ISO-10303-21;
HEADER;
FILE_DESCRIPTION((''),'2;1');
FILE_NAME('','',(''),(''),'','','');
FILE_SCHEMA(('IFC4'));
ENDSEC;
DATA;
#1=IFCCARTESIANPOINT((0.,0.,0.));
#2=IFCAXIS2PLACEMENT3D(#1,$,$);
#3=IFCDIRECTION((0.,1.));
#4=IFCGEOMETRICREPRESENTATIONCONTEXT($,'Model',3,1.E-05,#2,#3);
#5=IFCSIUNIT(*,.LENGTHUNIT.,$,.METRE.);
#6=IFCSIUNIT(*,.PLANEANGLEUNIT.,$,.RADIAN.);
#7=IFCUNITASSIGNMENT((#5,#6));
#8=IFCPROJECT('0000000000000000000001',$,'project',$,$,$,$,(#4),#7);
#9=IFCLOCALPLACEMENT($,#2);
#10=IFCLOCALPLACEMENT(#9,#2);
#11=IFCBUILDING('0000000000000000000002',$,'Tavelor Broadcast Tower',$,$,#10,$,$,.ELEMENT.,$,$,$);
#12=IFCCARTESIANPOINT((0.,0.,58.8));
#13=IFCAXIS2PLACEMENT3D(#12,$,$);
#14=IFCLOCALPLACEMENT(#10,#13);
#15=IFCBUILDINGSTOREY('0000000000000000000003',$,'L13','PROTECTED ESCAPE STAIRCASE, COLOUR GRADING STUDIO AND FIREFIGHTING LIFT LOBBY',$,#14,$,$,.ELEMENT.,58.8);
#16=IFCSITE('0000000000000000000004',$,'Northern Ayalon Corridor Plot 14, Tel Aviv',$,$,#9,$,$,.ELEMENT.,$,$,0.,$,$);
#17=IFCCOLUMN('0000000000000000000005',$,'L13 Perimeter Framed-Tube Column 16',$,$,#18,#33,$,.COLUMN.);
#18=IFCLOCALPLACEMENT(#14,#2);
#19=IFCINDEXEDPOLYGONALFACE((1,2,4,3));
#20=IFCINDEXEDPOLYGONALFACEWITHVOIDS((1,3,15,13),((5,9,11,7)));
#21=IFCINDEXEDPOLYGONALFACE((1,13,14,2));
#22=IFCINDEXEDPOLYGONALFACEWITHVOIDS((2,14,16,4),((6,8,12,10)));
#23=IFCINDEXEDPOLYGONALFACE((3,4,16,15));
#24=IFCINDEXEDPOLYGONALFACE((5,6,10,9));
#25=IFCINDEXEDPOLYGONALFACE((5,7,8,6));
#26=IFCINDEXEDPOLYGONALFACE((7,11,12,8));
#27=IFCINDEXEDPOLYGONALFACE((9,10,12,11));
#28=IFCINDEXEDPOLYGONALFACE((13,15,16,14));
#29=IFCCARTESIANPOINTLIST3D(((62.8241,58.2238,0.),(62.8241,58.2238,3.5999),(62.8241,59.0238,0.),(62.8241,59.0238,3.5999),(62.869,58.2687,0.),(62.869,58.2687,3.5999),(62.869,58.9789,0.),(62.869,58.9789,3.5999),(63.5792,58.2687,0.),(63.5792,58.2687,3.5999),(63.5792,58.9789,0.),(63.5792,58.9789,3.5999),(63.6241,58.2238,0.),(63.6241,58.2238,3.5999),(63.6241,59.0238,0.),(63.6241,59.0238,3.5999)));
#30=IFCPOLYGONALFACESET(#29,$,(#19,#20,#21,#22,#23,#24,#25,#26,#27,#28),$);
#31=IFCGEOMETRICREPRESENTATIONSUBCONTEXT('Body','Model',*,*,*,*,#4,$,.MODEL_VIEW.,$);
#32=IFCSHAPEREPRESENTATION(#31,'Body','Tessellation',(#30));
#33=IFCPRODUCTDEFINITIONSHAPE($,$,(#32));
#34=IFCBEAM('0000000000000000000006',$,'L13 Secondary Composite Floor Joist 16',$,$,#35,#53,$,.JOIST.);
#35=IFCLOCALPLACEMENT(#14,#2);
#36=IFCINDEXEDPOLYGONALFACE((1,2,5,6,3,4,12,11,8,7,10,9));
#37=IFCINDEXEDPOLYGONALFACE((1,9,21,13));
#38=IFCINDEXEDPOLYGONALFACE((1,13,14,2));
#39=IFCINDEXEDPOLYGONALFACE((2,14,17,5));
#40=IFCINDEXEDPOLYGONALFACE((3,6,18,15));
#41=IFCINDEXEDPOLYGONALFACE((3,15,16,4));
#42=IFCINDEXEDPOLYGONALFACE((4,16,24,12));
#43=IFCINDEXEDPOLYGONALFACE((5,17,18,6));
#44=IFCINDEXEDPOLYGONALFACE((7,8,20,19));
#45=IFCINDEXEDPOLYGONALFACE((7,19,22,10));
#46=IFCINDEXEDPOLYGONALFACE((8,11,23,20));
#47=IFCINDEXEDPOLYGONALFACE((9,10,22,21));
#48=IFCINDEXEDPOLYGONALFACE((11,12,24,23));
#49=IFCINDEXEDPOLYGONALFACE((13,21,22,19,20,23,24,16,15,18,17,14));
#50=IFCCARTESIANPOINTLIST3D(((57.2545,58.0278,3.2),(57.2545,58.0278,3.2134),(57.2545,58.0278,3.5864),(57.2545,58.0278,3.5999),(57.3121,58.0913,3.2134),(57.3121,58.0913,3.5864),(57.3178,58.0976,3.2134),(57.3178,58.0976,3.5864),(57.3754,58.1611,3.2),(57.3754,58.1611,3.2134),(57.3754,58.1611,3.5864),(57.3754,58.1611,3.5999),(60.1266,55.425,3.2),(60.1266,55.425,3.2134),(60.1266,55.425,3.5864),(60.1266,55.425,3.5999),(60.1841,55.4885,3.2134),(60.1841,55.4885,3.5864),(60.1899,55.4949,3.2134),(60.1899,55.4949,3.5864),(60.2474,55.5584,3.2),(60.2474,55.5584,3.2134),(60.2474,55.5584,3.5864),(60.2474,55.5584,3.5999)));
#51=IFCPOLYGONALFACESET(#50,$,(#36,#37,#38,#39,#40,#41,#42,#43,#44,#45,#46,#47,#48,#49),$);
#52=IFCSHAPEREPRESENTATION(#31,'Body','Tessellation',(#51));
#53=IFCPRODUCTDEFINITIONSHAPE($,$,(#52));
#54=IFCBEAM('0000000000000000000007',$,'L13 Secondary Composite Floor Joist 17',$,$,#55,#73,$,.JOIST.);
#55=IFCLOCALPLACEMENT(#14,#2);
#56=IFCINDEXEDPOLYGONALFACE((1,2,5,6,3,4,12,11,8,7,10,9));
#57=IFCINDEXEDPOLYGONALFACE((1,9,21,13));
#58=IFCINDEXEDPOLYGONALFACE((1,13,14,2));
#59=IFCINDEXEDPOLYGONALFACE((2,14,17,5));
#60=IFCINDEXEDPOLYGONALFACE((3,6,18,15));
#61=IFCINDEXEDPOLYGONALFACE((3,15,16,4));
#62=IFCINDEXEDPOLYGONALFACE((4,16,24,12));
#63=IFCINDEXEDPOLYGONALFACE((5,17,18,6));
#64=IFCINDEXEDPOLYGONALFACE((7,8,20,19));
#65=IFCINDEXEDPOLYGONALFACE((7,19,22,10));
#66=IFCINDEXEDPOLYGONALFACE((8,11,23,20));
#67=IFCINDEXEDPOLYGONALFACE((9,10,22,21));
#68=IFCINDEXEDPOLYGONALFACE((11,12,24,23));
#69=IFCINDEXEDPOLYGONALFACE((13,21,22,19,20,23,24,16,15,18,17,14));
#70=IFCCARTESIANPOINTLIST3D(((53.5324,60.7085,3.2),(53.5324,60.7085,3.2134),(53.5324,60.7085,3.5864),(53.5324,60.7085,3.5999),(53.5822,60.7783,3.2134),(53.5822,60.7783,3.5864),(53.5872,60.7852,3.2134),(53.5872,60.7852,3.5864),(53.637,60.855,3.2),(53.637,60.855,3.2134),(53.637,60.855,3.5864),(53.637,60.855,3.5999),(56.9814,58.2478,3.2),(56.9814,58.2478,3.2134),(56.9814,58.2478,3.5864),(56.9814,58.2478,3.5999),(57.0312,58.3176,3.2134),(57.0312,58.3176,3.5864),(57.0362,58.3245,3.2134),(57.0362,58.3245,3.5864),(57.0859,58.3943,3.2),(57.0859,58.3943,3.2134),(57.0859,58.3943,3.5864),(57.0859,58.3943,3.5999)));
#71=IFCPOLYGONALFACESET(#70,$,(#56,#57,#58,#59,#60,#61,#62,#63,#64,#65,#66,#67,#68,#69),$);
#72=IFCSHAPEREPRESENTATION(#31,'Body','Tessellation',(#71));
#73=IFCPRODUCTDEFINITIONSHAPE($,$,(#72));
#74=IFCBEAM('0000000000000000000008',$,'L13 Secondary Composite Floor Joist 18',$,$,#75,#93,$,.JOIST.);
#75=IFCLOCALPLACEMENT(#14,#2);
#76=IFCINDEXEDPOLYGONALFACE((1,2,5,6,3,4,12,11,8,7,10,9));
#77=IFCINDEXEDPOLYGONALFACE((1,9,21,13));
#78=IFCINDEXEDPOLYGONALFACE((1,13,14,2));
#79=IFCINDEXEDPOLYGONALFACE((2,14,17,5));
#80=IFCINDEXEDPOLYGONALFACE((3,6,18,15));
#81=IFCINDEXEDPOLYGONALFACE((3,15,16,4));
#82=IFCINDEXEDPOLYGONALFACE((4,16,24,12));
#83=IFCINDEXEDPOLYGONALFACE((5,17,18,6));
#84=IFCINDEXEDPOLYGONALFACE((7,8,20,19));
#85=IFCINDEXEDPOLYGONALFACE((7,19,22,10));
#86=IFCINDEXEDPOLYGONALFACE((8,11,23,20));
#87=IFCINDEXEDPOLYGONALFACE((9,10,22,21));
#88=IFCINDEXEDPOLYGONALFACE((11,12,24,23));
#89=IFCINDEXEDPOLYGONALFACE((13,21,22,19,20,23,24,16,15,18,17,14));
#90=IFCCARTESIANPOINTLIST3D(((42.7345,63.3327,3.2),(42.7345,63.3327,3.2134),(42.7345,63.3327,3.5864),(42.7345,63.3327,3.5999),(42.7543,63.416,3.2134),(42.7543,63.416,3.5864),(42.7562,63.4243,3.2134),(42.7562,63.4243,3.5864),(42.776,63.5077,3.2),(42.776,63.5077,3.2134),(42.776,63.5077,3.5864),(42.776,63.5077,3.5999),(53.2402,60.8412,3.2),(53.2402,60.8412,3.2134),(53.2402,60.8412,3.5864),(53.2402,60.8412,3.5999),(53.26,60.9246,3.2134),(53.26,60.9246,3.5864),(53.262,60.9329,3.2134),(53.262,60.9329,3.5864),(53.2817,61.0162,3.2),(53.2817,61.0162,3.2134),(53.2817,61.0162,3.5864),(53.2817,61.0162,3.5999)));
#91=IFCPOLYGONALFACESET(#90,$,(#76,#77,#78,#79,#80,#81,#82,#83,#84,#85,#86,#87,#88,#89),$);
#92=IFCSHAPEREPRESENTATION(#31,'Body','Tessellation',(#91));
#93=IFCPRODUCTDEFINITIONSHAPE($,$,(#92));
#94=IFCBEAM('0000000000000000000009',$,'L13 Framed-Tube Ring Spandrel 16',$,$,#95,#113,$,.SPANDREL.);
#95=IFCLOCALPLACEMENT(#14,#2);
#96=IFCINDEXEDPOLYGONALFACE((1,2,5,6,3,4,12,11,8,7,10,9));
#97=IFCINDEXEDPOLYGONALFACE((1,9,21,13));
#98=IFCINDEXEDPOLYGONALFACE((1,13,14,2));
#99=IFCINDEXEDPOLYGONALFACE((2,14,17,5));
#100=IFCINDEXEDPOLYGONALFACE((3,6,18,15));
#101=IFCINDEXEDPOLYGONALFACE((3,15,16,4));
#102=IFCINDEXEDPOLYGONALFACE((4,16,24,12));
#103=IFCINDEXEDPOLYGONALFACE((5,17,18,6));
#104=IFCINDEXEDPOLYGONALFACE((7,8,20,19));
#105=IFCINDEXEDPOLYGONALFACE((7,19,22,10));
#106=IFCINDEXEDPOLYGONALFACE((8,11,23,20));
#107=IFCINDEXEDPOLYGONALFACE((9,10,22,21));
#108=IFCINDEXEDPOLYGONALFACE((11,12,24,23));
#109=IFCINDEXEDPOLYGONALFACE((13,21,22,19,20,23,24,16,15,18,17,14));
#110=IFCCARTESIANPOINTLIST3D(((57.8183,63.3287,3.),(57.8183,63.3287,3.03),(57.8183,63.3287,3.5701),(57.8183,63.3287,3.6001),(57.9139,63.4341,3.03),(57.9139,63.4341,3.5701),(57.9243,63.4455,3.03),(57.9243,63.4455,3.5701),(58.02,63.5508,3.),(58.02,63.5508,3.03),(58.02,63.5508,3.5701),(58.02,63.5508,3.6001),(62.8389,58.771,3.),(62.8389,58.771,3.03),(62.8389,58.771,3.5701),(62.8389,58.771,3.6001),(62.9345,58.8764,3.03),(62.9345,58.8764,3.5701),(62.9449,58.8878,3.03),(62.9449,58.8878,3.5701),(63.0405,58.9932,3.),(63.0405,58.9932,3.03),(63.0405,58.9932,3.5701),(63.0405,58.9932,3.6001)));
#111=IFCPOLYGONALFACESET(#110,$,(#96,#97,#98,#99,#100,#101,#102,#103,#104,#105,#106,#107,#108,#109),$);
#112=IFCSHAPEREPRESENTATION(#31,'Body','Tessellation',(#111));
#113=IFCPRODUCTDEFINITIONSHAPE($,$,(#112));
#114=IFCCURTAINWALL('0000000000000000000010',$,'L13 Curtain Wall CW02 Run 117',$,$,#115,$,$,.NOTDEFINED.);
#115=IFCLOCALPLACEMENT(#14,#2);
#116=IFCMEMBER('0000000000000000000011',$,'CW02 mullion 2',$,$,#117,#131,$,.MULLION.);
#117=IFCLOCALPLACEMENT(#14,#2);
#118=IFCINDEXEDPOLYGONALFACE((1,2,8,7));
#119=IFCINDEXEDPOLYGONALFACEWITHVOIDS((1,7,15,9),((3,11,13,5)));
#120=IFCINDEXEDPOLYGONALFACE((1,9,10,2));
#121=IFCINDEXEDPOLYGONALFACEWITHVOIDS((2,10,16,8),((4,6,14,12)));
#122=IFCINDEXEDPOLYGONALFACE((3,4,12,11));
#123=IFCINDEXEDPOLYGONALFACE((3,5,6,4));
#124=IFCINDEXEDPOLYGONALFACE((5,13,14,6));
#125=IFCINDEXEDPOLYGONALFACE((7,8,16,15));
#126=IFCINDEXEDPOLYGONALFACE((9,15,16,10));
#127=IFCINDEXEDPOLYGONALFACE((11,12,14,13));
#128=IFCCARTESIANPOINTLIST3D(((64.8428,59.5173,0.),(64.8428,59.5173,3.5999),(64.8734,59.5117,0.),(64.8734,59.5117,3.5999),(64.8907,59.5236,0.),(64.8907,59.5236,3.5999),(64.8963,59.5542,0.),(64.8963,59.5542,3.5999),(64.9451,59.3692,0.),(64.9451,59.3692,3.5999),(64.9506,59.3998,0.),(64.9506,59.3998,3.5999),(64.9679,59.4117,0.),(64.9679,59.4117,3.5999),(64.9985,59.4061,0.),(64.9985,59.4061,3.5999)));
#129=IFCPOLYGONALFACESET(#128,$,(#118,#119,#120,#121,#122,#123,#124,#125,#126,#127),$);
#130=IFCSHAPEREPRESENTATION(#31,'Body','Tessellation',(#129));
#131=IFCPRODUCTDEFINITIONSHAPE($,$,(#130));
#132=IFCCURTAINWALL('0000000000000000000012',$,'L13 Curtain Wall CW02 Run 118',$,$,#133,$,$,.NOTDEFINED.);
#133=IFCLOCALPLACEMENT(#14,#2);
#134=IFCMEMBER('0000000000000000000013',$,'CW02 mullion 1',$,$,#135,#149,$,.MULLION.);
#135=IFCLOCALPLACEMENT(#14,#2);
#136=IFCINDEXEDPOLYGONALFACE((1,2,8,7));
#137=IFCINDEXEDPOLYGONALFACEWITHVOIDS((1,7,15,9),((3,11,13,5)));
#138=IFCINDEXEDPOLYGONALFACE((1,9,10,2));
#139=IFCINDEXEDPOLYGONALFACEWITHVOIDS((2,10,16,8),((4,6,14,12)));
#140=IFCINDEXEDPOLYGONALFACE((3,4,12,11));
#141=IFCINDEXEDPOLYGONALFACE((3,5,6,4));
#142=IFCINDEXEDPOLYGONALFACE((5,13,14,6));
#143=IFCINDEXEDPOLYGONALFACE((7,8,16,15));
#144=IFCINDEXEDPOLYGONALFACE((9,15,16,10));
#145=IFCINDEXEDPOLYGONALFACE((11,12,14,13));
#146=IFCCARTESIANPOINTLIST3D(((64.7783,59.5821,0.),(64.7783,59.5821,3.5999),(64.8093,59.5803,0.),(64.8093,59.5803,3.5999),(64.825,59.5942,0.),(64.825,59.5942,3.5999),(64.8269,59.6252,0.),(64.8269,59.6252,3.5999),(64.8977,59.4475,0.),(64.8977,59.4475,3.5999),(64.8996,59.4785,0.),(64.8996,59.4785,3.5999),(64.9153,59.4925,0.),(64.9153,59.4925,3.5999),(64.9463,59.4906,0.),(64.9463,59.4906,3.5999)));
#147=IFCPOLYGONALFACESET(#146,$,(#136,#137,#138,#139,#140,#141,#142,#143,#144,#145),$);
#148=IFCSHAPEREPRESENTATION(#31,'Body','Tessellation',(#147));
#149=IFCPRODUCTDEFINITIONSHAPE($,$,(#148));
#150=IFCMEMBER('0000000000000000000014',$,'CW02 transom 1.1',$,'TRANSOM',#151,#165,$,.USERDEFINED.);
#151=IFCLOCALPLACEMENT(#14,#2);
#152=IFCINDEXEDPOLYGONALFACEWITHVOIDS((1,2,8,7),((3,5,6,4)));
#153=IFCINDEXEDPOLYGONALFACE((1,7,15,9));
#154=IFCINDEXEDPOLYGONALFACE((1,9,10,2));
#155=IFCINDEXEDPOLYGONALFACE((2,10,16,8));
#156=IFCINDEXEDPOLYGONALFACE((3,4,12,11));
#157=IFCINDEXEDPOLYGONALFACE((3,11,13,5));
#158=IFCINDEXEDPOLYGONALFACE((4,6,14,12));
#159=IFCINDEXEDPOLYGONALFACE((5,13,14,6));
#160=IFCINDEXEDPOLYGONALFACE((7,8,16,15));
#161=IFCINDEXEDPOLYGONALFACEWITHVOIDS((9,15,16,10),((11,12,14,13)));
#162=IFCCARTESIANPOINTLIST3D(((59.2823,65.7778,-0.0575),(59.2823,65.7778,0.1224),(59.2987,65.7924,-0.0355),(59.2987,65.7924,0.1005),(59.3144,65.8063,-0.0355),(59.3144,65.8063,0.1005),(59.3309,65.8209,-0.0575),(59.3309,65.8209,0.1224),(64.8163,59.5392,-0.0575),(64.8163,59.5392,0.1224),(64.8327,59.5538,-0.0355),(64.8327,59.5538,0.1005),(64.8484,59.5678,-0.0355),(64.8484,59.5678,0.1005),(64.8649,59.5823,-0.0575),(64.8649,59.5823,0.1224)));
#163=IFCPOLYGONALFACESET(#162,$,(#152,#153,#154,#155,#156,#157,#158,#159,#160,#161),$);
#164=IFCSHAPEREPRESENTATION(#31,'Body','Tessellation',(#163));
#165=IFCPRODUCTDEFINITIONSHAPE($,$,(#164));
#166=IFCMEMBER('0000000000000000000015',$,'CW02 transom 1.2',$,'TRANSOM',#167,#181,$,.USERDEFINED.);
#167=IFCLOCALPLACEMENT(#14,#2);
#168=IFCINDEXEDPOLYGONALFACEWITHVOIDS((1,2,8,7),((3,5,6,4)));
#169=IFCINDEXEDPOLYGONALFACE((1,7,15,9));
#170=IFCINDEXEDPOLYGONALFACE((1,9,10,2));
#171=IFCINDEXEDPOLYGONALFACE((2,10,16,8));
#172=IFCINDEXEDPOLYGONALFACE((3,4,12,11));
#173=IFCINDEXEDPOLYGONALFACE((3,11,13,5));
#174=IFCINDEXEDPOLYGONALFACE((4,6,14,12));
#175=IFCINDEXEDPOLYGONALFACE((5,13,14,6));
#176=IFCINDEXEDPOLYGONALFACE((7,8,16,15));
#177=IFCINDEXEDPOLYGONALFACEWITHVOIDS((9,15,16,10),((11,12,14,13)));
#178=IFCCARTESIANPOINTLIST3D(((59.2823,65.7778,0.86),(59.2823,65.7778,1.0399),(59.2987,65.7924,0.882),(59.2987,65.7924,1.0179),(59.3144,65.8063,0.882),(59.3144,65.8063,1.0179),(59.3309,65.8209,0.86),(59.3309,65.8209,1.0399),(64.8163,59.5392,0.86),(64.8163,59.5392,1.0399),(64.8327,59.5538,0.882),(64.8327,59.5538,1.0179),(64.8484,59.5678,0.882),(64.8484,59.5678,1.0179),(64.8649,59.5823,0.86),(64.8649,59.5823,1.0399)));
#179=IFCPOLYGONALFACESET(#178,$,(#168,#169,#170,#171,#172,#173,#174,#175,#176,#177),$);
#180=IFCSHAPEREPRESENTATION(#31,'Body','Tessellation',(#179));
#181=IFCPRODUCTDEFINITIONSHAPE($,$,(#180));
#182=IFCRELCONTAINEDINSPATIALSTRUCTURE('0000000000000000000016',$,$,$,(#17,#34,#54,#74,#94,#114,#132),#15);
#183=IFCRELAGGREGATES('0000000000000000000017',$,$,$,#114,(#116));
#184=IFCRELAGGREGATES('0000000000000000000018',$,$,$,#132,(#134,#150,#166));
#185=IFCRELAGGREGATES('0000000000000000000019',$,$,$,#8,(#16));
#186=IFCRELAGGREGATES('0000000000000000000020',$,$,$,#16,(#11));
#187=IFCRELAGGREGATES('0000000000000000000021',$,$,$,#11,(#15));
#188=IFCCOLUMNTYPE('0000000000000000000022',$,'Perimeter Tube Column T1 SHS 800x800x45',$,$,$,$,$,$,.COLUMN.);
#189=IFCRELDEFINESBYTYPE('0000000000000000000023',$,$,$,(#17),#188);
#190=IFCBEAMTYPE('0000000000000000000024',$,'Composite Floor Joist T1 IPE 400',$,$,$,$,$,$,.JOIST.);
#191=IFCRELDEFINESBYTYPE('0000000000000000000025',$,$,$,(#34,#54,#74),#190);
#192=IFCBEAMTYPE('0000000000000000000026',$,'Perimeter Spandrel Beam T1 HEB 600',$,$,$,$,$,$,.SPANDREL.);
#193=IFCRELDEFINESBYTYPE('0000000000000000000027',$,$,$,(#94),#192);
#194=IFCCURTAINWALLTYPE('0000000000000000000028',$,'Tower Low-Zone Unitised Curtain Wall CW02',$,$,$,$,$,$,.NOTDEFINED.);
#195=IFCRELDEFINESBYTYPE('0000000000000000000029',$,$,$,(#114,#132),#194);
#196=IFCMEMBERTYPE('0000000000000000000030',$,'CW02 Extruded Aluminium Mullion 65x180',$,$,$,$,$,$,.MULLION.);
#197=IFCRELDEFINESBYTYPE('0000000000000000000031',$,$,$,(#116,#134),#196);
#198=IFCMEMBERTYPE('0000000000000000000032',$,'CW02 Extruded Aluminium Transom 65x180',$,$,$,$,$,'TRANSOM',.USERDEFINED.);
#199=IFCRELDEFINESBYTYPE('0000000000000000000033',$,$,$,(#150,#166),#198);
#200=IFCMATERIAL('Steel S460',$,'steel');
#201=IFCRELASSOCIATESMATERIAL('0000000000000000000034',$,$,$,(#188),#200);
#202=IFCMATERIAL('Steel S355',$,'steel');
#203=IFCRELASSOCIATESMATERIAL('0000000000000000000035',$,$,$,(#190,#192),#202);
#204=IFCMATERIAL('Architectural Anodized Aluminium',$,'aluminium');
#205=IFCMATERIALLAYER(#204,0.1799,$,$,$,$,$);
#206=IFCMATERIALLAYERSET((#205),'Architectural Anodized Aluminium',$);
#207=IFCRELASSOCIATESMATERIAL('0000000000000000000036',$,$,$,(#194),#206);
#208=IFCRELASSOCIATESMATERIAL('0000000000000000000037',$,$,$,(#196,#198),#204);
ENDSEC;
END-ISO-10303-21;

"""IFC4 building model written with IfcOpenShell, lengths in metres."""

from ifc_helpers import new_model, si_unit, direction, frame, origin, origin_2d, place, context, subcontext, project, spatial, hollow_rectangle, i_section, extrude, source, transform, mapped, material, layer, layer_set, material_profile, profile_set, type_object, type_shapes, element, aggregate, save


model = new_model("IFC4")

# Units and contexts
model_context = context("Model", 3, precision=1e-05, world=origin(), true_north=direction((0.0, 1.0)))
body_context = subcontext(model_context, "Body", "Model", "MODEL_VIEW")
ifc_project = project(units=[si_unit("LENGTHUNIT", "METRE"), si_unit("PLANEANGLEUNIT", "RADIAN")], contexts=[model_context])

# Site, building, storey
site_placement = place(None, origin())
site = spatial("IfcSite", under=ifc_project, at=site_placement, Name="Northern Ayalon Corridor Plot 14, Tel Aviv", CompositionType="ELEMENT", RefElevation=0.0)
building_placement = place(site_placement, origin())
building = spatial("IfcBuilding", under=site, at=building_placement, Name="Tavelor Broadcast Tower", CompositionType="ELEMENT")
storey_placement = place(building_placement, frame((0.0, 0.0, 58.8)))
storey = spatial("IfcBuildingStorey", under=building, at=storey_placement, Name="L13", Description="PROTECTED ESCAPE STAIRCASE, COLOUR GRADING STUDIO AND FIREFIGHTING LIFT LOBBY", CompositionType="ELEMENT", Elevation=58.8)

# Column
ifc_material_1 = material(Name="Steel S460", Category="steel")
ifc_material_profile_1 = material_profile(ifc_material_1, hollow_rectangle(XDim=0.8, YDim=0.8, WallThickness=0.0449, at=origin_2d()), Name="SHS 800x800x45")
ifc_profile_set_1 = profile_set([ifc_material_profile_1], Name="Steel S460")
column_type = type_object("IfcColumnType", Name="Perimeter Tube Column T1 SHS 800x800x45", PredefinedType="COLUMN", material=ifc_profile_set_1)
column_placement = place(storey_placement, frame((63.2241, 58.6238, 0.0), z_axis=(0.0, 0.0, 1.0), x_axis=(1.0, 0.0, 0.0)))
element("IfcColumn", 1, at=column_placement, inside=storey, type_object=column_type, Name="L13 Perimeter Framed-Tube Column 16", PredefinedType="COLUMN", context=body_context, shape_type="SweptSolid", body=[
    extrude(hollow_rectangle(XDim=0.8, YDim=0.8, WallThickness=0.0449, at=origin_2d()), origin(), (0.0, 0.0, 1.0), 3.5999),
])

# Beams
ifc_material_2 = material(Name="Steel S355", Category="steel")
ifc_material_profile_2 = material_profile(ifc_material_2, i_section(OverallWidth=0.1799, OverallDepth=0.3999, WebThickness=0.0085, FlangeThickness=0.0134, at=origin_2d()), Name="IPE 400")
ifc_profile_set_2 = profile_set([ifc_material_profile_2], Name="Steel S355")
beam_type_1 = type_object("IfcBeamType", Name="Composite Floor Joist T1 IPE 400", PredefinedType="JOIST", material=ifc_profile_set_2)
beam_1_placement = place(storey_placement, frame((60.187, 55.4917, 3.3999), z_axis=(-0.740991, 0.671515, 0.0), x_axis=(-0.671515, -0.740991, 0.0)))
element("IfcBeam", 2, at=beam_1_placement, inside=storey, type_object=beam_type_1, Name="L13 Secondary Composite Floor Joist 16", PredefinedType="JOIST", context=body_context, shape_type="SweptSolid", body=[
    extrude(i_section(OverallWidth=0.1799, OverallDepth=0.3999, WebThickness=0.0085, FlangeThickness=0.0134, at=origin_2d()), origin(), (0.0, 0.0, 1.0), 3.876),
])
beam_2_placement = place(storey_placement, frame((57.0337, 58.321, 3.3999), z_axis=(-0.814053, 0.580791, 0.0), x_axis=(-0.580791, -0.814053, 0.0)))
element("IfcBeam", 3, at=beam_2_placement, inside=storey, type_object=beam_type_1, Name="L13 Secondary Composite Floor Joist 17", PredefinedType="JOIST", context=body_context, shape_type="SweptSolid", body=[
    extrude(i_section(OverallWidth=0.1799, OverallDepth=0.3999, WebThickness=0.0085, FlangeThickness=0.0134, at=origin_2d()), origin(), (0.0, 0.0, 1.0), 4.2368),
])
beam_3_placement = place(storey_placement, frame((53.261, 60.9287, 3.3999), z_axis=(-0.973012, 0.230754, 0.0), x_axis=(-0.230754, -0.973012, 0.0)))
element("IfcBeam", 4, at=beam_3_placement, inside=storey, type_object=beam_type_1, Name="L13 Secondary Composite Floor Joist 18", PredefinedType="JOIST", context=body_context, shape_type="SweptSolid", body=[
    extrude(i_section(OverallWidth=0.1799, OverallDepth=0.3999, WebThickness=0.0085, FlangeThickness=0.0134, at=origin_2d()), origin(), (0.0, 0.0, 1.0), 10.7971),
])
ifc_material_profile_3 = material_profile(ifc_material_2, i_section(OverallWidth=0.3, OverallDepth=0.6001, WebThickness=0.0154, FlangeThickness=0.03, at=origin_2d()), Name="HEB 600")
ifc_profile_set_3 = profile_set([ifc_material_profile_3], Name="Steel S355")
beam_type_2 = type_object("IfcBeamType", Name="Perimeter Spandrel Beam T1 HEB 600", PredefinedType="SPANDREL", material=ifc_profile_set_3)
beam_4_placement = place(storey_placement, frame((62.9397, 58.8821, 3.3), z_axis=(-0.740416, 0.672149, 0.0), x_axis=(-0.672149, -0.740416, 0.0)))
element("IfcBeam", 5, at=beam_4_placement, inside=storey, type_object=beam_type_2, Name="L13 Framed-Tube Ring Spandrel 16", PredefinedType="SPANDREL", context=body_context, shape_type="SweptSolid", body=[
    extrude(i_section(OverallWidth=0.3, OverallDepth=0.6001, WebThickness=0.0154, FlangeThickness=0.03, at=origin_2d()), origin(), (0.0, 0.0, 1.0), 6.7808),
])

# Curtain wall, member
ifc_material_3 = material(Name="Architectural Anodized Aluminium", Category="aluminium")
ifc_layer_1 = layer(ifc_material_3, 0.1799)
ifc_layer_set_1 = layer_set([ifc_layer_1], Name="Architectural Anodized Aluminium")
curtain_wall_type = type_object("IfcCurtainWallType", Name="Tower Low-Zone Unitised Curtain Wall CW02", PredefinedType="NOTDEFINED", material=ifc_layer_set_1)
curtain_wall_1_placement = place(storey_placement, origin())
curtain_wall_1 = element("IfcCurtainWall", 6, at=curtain_wall_1_placement, inside=storey, type_object=curtain_wall_type, Name="L13 Curtain Wall CW02 Run 117", PredefinedType="NOTDEFINED")
ifc_material_profile_4 = material_profile(ifc_material_3, hollow_rectangle(XDim=0.0649, YDim=0.1799, WallThickness=0.022, at=origin_2d()), Name="RHS 65x180x22")
ifc_profile_set_4 = profile_set([ifc_material_profile_4], Name="Architectural Anodized Aluminium")
member_type_1 = type_object("IfcMemberType", Name="CW02 Extruded Aluminium Mullion 65x180", PredefinedType="MULLION", material=ifc_profile_set_4)
shared_shape_1 = source(origin(), body_context, "Body", "SweptSolid", [
    extrude(hollow_rectangle(XDim=0.0649, YDim=0.1799, WallThickness=0.022, at=origin_2d()), origin(), (0.0, 0.0, 1.0), 3.5999),
])
type_shapes(member_type_1, [shared_shape_1])
member_1_placement = place(storey_placement, frame((64.9207, 59.4617, 0.0), z_axis=(0.0, 0.0, 1.0), x_axis=(-0.82289, -0.568201, 0.0)))
member_1 = element("IfcMember", 7, at=member_1_placement, type_object=member_type_1, Name="CW02 mullion 2", PredefinedType="MULLION", context=body_context, shape_type="MappedRepresentation", body=[
    mapped(shared_shape_1, transform((0.0, 0.0, 0.0), scale=1.0)),
])

# Curtain wall, members
curtain_wall_2_placement = place(storey_placement, origin())
curtain_wall_2 = element("IfcCurtainWall", 8, at=curtain_wall_2_placement, inside=storey, type_object=curtain_wall_type, Name="L13 Curtain Wall CW02 Run 118", PredefinedType="NOTDEFINED")
member_2_placement = place(storey_placement, frame((64.8623, 59.5364, 0.0), z_axis=(0.0, 0.0, 1.0), x_axis=(-0.748084, -0.663604, 0.0)))
member_2 = element("IfcMember", 9, at=member_2_placement, type_object=member_type_1, Name="CW02 mullion 1", PredefinedType="MULLION", context=body_context, shape_type="MappedRepresentation", body=[
    mapped(shared_shape_1, transform((0.0, 0.0, 0.0), scale=1.0)),
])
ifc_material_profile_5 = material_profile(ifc_material_3, hollow_rectangle(XDim=0.0649, YDim=0.1799, WallThickness=0.022, at=origin_2d()), Name="RHS 65x180x22")
ifc_profile_set_5 = profile_set([ifc_material_profile_5], Name="Architectural Anodized Aluminium")
member_type_2 = type_object("IfcMemberType", Name="CW02 Extruded Aluminium Transom 65x180", ElementType="TRANSOM", PredefinedType="USERDEFINED", material=ifc_profile_set_5)
shared_shape_2 = source(origin(), body_context, "Body", "SweptSolid", [
    extrude(hollow_rectangle(XDim=0.0649, YDim=0.1799, WallThickness=0.022, at=origin_2d()), origin(), (0.0, 0.0, 1.0), 8.3394),
])
type_shapes(member_type_2, [shared_shape_2])
member_3_placement = place(storey_placement, frame((64.8406, 59.5608, 0.0325), z_axis=(-0.663598, 0.748089, 0.0), x_axis=(-0.748089, -0.663598, 0.0)))
member_3 = element("IfcMember", 10, at=member_3_placement, type_object=member_type_2, Name="CW02 transom 1.1", ObjectType="TRANSOM", PredefinedType="USERDEFINED", context=body_context, shape_type="MappedRepresentation", body=[
    mapped(shared_shape_2, transform((0.0, 0.0, 0.0), scale=1.0)),
])
member_4_placement = place(storey_placement, frame((64.8406, 59.5608, 0.95), z_axis=(-0.663598, 0.748089, 0.0), x_axis=(-0.748089, -0.663598, 0.0)))
member_4 = element("IfcMember", 11, at=member_4_placement, type_object=member_type_2, Name="CW02 transom 1.2", ObjectType="TRANSOM", PredefinedType="USERDEFINED", context=body_context, shape_type="MappedRepresentation", body=[
    mapped(shared_shape_2, transform((0.0, 0.0, 0.0), scale=1.0)),
])

aggregate(curtain_wall_1, [member_1])
aggregate(curtain_wall_2, [member_2, member_3, member_4])

save(model, "model.ifc")
